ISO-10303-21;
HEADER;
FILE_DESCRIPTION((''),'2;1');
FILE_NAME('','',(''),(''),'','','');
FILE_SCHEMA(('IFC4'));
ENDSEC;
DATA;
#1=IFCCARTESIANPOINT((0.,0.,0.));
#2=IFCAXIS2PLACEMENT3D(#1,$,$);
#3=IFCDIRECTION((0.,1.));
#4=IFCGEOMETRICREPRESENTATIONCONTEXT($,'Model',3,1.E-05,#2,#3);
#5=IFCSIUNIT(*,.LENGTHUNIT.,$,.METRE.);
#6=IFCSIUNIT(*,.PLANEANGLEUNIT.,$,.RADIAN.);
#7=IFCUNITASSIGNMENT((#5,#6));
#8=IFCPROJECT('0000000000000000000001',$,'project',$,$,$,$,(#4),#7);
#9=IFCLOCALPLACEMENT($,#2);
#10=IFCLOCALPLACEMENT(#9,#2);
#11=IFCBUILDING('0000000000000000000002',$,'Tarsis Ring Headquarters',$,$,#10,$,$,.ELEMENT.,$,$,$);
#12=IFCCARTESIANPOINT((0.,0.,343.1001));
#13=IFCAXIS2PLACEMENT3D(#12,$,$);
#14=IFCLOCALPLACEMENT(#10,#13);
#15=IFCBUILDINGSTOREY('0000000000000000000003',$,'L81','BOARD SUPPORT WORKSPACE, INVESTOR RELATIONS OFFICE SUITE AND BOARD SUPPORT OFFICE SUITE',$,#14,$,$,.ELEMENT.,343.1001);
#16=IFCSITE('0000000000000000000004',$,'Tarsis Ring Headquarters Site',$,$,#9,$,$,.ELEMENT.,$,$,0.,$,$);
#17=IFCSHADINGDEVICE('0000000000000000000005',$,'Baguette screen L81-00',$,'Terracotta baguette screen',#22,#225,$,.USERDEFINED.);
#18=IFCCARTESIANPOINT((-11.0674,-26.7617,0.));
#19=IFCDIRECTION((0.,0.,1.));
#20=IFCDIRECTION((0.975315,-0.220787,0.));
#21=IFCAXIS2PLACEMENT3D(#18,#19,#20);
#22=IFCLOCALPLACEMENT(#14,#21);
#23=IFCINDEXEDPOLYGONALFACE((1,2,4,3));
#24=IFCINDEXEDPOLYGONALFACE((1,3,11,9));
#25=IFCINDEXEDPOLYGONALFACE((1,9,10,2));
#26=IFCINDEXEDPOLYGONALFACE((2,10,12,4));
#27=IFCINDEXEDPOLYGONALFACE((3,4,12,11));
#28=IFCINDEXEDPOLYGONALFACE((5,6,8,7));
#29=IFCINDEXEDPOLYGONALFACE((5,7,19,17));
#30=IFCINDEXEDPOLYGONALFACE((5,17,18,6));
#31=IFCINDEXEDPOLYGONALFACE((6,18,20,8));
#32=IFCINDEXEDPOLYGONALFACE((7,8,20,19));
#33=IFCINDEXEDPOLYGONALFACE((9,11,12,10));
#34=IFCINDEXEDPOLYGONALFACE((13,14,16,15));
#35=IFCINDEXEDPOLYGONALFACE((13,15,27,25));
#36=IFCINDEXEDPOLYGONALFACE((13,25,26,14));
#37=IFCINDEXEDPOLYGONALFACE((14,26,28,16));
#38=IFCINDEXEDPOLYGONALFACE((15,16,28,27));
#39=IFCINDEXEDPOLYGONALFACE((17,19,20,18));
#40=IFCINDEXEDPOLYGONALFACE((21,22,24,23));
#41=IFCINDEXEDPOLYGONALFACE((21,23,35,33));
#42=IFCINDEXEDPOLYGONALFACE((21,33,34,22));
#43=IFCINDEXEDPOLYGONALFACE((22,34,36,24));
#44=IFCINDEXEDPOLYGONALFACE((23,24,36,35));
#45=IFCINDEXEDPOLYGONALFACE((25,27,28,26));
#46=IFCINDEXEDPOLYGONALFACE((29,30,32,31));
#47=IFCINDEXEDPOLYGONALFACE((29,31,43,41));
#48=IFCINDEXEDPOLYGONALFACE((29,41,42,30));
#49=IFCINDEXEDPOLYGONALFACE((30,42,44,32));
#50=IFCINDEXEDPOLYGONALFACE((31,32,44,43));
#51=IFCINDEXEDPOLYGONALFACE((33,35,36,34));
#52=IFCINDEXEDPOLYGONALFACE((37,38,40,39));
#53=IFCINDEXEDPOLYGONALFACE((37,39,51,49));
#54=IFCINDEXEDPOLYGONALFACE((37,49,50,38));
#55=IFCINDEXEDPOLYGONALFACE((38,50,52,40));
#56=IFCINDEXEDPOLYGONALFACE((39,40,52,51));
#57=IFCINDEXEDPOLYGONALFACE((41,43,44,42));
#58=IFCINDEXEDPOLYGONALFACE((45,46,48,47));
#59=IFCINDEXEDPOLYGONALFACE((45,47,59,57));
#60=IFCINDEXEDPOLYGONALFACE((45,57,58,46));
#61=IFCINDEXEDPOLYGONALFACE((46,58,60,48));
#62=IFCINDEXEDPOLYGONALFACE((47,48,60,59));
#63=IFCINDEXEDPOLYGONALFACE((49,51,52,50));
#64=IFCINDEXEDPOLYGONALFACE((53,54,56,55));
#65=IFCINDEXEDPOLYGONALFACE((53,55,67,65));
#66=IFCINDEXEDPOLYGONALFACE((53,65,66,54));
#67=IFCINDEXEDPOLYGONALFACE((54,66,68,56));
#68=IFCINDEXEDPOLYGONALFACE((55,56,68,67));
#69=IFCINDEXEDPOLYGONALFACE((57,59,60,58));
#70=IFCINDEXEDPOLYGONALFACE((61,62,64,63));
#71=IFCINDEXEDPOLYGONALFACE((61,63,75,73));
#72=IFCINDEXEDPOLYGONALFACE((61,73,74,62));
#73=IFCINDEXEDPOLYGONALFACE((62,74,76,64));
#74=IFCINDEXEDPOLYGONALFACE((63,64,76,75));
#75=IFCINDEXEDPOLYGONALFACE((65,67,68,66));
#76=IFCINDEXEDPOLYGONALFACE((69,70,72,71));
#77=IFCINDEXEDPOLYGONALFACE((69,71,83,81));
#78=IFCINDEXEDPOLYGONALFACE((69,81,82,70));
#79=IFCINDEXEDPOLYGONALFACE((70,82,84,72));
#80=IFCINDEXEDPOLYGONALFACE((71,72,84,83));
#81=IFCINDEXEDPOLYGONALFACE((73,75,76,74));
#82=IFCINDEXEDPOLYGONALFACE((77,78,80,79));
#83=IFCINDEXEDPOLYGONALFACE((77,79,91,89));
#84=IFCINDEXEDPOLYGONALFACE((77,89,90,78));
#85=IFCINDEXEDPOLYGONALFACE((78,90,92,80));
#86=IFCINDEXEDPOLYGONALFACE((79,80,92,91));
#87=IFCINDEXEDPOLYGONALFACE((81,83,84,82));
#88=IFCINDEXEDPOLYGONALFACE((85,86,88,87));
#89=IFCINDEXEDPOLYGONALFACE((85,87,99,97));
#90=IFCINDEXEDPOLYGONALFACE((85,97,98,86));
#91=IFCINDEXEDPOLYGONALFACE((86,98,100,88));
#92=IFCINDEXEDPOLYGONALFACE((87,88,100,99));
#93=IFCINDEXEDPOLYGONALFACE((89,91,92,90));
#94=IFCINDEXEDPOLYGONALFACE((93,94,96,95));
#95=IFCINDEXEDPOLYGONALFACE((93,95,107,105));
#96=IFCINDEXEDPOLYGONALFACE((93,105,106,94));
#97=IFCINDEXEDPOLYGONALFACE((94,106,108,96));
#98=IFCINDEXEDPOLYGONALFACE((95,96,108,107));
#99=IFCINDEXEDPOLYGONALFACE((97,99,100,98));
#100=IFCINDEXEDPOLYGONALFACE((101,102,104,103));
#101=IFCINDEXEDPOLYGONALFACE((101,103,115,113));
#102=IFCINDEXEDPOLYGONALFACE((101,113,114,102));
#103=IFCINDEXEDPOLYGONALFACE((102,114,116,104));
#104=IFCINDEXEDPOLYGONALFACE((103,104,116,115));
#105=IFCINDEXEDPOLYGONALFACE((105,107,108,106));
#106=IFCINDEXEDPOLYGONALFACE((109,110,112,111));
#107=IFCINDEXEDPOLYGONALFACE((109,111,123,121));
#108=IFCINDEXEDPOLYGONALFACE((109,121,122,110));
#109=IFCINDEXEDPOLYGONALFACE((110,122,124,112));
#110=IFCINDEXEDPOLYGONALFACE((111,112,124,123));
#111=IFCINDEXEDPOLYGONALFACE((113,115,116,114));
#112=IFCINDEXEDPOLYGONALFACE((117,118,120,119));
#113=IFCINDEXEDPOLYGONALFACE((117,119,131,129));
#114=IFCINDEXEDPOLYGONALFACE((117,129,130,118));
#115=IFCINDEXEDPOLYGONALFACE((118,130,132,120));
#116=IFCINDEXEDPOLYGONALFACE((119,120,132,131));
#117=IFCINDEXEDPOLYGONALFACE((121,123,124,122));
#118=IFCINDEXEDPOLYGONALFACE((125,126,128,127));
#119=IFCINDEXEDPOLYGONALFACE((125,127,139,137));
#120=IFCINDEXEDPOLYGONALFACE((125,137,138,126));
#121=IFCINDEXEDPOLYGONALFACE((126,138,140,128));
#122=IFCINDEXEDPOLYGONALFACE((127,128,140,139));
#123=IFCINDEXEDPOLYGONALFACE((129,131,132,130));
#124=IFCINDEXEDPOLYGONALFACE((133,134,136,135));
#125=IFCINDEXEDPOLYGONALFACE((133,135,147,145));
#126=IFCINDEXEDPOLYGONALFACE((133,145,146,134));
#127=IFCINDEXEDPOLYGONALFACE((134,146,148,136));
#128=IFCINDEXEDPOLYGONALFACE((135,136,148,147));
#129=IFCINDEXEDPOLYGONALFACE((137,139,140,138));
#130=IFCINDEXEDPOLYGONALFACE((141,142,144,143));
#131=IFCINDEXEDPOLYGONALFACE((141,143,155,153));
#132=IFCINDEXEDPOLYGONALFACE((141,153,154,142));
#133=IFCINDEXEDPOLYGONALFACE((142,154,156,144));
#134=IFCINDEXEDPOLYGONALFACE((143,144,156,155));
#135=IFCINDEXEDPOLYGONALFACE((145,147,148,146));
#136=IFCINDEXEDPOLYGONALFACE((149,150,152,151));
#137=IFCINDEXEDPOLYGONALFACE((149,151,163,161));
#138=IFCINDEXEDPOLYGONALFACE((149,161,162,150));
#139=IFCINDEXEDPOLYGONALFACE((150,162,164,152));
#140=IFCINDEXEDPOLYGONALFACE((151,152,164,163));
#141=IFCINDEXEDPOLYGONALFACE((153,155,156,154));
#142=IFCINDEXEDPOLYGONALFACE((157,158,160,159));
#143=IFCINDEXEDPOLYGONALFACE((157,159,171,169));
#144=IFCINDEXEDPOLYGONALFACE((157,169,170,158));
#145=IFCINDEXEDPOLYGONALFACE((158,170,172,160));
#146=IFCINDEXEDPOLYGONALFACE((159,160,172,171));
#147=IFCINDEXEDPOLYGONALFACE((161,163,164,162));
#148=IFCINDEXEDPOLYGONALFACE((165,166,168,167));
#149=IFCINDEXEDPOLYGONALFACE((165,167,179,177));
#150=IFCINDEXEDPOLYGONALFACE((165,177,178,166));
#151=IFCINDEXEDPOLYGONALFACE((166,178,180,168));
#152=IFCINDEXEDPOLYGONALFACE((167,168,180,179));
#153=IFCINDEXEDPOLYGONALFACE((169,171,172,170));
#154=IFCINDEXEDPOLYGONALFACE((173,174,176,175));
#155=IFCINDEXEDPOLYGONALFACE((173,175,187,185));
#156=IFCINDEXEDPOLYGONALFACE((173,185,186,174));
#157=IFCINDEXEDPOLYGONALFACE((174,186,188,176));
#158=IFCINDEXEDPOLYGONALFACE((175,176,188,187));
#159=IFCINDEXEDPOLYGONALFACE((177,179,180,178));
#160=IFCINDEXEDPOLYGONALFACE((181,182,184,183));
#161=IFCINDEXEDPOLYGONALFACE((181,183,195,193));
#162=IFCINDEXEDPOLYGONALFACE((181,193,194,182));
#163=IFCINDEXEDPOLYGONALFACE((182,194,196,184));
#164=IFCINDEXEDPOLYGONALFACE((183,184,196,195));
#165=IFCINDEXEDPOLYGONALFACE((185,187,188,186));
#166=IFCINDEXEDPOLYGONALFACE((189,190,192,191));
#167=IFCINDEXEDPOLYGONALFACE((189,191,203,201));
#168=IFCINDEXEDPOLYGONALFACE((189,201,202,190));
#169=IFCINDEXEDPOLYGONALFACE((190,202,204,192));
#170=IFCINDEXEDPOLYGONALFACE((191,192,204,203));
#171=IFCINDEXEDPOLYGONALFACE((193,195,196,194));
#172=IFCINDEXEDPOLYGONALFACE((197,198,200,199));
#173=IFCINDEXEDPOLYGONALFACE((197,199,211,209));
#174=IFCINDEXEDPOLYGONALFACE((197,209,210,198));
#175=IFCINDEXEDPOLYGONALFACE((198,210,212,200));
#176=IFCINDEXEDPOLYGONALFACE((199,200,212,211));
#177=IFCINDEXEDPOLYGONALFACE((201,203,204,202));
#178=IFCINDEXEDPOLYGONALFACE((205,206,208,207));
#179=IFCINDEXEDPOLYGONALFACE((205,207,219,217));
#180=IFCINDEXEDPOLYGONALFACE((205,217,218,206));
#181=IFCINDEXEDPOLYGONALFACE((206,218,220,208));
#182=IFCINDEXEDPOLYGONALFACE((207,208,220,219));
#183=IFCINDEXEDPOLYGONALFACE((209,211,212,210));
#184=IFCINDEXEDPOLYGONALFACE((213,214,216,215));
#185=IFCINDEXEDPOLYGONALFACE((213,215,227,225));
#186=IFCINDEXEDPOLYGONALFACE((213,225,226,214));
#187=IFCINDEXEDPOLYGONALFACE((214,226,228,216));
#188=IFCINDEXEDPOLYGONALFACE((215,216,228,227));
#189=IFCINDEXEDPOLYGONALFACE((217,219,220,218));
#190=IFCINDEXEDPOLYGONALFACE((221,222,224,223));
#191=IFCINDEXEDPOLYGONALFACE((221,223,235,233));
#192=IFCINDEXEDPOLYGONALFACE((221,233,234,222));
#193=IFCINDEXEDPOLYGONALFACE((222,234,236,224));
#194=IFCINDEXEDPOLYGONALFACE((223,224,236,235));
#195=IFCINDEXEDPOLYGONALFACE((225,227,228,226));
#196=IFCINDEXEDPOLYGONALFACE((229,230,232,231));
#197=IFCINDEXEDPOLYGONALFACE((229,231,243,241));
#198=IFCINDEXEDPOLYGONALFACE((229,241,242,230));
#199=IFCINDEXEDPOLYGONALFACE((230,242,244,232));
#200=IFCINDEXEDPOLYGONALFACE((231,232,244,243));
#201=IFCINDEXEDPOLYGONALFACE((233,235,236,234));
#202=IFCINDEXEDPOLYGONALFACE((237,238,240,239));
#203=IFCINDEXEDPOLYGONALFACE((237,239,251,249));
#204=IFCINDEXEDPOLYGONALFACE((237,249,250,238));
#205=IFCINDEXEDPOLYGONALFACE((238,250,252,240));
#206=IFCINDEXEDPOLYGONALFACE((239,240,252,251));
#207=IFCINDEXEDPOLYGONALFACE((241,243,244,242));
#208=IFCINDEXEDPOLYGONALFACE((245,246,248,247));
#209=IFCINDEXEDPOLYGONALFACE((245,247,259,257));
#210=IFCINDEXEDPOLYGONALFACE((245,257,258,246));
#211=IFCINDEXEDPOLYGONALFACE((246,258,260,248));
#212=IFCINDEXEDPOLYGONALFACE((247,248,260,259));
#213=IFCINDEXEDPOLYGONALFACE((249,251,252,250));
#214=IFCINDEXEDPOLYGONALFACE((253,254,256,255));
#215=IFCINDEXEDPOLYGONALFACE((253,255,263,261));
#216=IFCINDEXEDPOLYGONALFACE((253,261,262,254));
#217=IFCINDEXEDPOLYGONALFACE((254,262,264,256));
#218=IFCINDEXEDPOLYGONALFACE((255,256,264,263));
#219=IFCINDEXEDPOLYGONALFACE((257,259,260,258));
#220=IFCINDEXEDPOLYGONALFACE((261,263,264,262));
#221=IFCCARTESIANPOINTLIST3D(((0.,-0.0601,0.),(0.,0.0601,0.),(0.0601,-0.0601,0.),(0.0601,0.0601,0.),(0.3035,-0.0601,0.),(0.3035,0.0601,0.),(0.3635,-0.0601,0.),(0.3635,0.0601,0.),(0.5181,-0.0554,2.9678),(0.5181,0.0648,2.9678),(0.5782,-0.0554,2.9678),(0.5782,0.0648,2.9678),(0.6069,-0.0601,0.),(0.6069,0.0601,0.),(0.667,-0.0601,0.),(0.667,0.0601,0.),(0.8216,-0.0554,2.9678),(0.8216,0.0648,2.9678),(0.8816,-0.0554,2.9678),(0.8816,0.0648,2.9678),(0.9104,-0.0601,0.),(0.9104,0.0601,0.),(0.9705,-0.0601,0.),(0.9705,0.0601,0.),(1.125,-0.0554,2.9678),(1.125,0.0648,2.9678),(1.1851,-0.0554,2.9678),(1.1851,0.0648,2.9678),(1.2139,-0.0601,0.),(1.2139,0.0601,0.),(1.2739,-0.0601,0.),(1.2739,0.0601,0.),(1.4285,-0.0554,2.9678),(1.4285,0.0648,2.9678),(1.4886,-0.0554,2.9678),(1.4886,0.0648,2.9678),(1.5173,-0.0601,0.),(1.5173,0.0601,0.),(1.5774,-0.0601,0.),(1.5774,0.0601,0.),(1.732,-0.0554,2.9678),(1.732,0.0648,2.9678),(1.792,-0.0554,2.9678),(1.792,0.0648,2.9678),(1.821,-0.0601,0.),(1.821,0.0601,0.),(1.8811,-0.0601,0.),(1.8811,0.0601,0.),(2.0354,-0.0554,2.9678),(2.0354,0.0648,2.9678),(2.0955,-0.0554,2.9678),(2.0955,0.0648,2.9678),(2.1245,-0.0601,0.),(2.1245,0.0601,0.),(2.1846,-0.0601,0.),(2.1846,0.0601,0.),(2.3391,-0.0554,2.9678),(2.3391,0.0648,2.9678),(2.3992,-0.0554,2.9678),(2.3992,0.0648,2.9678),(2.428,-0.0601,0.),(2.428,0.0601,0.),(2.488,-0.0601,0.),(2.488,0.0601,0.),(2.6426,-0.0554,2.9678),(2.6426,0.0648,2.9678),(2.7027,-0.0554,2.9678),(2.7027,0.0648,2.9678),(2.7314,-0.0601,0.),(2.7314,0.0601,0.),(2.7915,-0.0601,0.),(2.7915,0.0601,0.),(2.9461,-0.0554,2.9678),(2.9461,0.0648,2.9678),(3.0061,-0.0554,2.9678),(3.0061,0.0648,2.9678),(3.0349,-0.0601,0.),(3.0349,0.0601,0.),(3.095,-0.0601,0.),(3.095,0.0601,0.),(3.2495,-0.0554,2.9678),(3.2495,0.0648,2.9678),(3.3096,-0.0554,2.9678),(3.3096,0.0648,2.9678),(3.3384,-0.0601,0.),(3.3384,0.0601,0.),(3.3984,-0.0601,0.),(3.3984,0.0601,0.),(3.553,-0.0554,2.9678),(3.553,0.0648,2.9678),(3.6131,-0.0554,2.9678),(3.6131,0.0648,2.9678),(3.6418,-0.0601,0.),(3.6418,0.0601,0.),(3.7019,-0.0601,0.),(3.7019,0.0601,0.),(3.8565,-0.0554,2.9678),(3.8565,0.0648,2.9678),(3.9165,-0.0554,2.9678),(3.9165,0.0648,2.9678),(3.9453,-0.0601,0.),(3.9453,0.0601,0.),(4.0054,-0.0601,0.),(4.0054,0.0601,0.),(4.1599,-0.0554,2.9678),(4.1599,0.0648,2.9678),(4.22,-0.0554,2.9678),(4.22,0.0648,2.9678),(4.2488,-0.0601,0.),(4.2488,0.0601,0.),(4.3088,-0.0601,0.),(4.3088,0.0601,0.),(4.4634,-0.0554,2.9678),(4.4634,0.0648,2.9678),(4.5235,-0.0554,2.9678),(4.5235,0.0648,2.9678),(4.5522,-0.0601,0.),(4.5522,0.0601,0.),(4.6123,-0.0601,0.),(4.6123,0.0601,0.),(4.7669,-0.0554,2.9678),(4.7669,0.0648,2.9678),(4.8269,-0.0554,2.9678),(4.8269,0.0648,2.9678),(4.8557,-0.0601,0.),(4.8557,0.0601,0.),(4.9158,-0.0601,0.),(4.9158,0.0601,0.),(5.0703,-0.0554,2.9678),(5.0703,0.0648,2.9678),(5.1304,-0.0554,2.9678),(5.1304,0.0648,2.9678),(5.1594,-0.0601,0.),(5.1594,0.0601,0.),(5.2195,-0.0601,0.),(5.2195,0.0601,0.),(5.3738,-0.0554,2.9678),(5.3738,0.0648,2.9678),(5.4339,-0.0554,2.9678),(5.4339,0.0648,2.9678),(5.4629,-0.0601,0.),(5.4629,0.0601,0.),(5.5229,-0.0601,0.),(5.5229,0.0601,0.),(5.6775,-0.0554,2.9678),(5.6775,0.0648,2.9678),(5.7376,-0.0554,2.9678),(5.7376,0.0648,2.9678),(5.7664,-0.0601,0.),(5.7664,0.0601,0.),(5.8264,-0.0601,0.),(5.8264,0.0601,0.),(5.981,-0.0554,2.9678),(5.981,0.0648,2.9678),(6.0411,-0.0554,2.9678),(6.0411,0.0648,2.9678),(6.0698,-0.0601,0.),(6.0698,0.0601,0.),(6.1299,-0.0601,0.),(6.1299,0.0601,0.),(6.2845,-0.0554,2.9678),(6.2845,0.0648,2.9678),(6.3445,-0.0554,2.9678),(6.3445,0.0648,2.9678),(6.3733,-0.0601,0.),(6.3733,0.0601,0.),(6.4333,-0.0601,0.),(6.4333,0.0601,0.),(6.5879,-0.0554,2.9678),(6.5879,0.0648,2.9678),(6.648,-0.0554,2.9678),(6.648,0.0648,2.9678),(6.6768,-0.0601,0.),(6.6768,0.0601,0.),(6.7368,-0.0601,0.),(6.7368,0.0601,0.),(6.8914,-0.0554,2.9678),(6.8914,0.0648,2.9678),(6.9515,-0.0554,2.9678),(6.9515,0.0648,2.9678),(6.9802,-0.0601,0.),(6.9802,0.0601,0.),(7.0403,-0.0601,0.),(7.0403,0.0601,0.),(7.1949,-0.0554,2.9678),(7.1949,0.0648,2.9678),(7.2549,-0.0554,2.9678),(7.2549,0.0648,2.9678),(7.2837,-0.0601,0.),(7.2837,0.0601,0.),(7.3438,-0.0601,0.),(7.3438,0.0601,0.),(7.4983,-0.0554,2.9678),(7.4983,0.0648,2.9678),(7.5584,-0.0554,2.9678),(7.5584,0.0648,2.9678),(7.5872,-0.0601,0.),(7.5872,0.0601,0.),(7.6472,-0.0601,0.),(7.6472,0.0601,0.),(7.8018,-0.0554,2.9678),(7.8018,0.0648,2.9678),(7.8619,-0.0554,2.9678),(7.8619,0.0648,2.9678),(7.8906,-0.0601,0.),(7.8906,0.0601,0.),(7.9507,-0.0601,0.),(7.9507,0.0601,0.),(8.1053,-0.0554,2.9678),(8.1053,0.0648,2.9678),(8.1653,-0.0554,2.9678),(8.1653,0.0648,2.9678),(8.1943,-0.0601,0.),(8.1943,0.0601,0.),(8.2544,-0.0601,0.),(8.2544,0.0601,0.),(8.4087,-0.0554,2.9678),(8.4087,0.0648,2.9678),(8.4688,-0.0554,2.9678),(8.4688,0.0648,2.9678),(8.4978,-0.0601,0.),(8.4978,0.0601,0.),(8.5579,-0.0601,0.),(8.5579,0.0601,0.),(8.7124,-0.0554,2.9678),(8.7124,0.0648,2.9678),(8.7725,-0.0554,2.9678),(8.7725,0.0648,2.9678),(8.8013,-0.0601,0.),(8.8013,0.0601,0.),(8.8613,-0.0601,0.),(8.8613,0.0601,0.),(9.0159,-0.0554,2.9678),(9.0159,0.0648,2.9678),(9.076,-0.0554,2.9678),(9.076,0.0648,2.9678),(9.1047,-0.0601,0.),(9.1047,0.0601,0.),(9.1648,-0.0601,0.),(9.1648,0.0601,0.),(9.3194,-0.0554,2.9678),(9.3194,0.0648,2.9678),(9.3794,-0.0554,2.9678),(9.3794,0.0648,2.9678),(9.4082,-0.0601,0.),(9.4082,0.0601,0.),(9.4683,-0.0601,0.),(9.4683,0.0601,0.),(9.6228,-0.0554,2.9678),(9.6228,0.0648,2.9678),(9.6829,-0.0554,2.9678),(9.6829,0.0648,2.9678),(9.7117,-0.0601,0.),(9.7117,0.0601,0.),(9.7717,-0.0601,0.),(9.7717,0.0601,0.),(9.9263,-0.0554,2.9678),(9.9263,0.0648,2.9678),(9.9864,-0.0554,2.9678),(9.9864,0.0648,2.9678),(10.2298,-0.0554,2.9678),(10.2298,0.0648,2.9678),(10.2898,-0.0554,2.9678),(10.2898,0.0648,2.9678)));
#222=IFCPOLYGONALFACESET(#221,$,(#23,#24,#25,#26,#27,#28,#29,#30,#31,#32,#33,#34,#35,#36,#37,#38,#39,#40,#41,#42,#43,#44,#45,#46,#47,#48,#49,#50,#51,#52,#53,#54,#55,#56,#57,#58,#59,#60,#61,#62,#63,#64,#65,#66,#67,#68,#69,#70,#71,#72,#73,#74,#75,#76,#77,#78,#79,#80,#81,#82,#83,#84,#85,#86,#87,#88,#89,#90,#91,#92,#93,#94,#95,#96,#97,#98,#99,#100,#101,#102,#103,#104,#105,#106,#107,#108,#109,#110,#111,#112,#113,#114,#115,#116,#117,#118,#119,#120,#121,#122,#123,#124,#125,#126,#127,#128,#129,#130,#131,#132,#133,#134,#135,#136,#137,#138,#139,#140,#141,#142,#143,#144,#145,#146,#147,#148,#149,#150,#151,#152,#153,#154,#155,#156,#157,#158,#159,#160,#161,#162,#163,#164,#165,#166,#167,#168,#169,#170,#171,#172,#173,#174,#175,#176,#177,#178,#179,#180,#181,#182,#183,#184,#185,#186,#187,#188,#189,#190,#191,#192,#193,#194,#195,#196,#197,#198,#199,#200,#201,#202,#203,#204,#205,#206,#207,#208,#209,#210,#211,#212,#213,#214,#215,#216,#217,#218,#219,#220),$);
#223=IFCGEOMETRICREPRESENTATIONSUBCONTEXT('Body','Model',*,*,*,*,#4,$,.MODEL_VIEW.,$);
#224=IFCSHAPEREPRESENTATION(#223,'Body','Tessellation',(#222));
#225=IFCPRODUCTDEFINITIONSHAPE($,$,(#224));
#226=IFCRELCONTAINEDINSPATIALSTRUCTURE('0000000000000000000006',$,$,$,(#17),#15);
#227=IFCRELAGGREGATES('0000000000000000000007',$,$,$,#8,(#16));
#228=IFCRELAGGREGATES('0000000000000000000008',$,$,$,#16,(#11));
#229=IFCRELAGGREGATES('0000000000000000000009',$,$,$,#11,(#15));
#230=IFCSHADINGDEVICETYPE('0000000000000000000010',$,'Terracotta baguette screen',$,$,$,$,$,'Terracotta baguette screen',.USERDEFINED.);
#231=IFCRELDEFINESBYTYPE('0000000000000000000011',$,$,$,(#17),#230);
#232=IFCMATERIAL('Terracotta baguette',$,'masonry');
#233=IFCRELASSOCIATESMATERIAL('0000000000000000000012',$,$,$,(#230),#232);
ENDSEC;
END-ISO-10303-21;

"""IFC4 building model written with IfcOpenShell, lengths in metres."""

from ifc_helpers import new_model, si_unit, direction, frame, frame_2d, origin, place, context, subcontext, project, spatial, rectangle, composite_profile, extrude, material, type_object, element, save


model = new_model("IFC4")

# Units and contexts
model_context = context("Model", 3, precision=1e-05, world=origin(), true_north=direction((0.0, 1.0)))
body_context = subcontext(model_context, "Body", "Model", "MODEL_VIEW")
ifc_project = project(units=[si_unit("LENGTHUNIT", "METRE"), si_unit("PLANEANGLEUNIT", "RADIAN")], contexts=[model_context])

# Site, building, storey
site_placement = place(None, origin())
site = spatial("IfcSite", under=ifc_project, at=site_placement, Name="Tarsis Ring Headquarters Site", CompositionType="ELEMENT", RefElevation=0.0)
building_placement = place(site_placement, origin())
building = spatial("IfcBuilding", under=site, at=building_placement, Name="Tarsis Ring Headquarters", CompositionType="ELEMENT")
storey_placement = place(building_placement, frame((0.0, 0.0, 343.1001)))
storey = spatial("IfcBuildingStorey", under=building, at=storey_placement, Name="L81", Description="BOARD SUPPORT WORKSPACE, INVESTOR RELATIONS OFFICE SUITE AND BOARD SUPPORT OFFICE SUITE", CompositionType="ELEMENT", Elevation=343.1001)

# Shading device
ifc_material_1 = material(Name="Terracotta baguette", Category="masonry")
shading_device_type = type_object("IfcShadingDeviceType", Name="Terracotta baguette screen", ElementType="Terracotta baguette screen", PredefinedType="USERDEFINED", material=ifc_material_1)
shading_device_1_placement = place(storey_placement, frame((-11.0674, -26.7617, 0.0), z_axis=(0.0, 0.0, 1.0), x_axis=(0.975315, -0.220787, 0.0)))
element("IfcShadingDevice", 1, at=shading_device_1_placement, inside=storey, type_object=shading_device_type, Name="Baguette screen L81-00", ObjectType="Terracotta baguette screen", PredefinedType="USERDEFINED", context=body_context, shape_type="SweptSolid", body=[
    extrude(composite_profile([rectangle(XDim=0.0601, YDim=0.1201, at=frame_2d((0.03, 0.0))), rectangle(XDim=0.0601, YDim=0.1201, at=frame_2d((0.3335, 0.0))), rectangle(XDim=0.0601, YDim=0.1201, at=frame_2d((0.637, 0.0))), rectangle(XDim=0.0601, YDim=0.1201, at=frame_2d((0.9404, 0.0))), rectangle(XDim=0.0601, YDim=0.1201, at=frame_2d((1.2439, 0.0))), rectangle(XDim=0.0601, YDim=0.1201, at=frame_2d((1.5474, 0.0))), rectangle(XDim=0.0601, YDim=0.1201, at=frame_2d((1.8511, 0.0))), rectangle(XDim=0.0601, YDim=0.1201, at=frame_2d((2.1545, 0.0))), rectangle(XDim=0.0601, YDim=0.1201, at=frame_2d((2.458, 0.0))), rectangle(XDim=0.0601, YDim=0.1201, at=frame_2d((2.7615, 0.0))), rectangle(XDim=0.0601, YDim=0.1201, at=frame_2d((3.0649, 0.0))), rectangle(XDim=0.0601, YDim=0.1201, at=frame_2d((3.3684, 0.0))), rectangle(XDim=0.0601, YDim=0.1201, at=frame_2d((3.6719, 0.0))), rectangle(XDim=0.0601, YDim=0.1201, at=frame_2d((3.9753, 0.0))), rectangle(XDim=0.0601, YDim=0.1201, at=frame_2d((4.2788, 0.0))), rectangle(XDim=0.0601, YDim=0.1201, at=frame_2d((4.5823, 0.0))), rectangle(XDim=0.0601, YDim=0.1201, at=frame_2d((4.8857, 0.0))), rectangle(XDim=0.0601, YDim=0.1201, at=frame_2d((5.1895, 0.0))), rectangle(XDim=0.0601, YDim=0.1201, at=frame_2d((5.4929, 0.0))), rectangle(XDim=0.0601, YDim=0.1201, at=frame_2d((5.7964, 0.0))), rectangle(XDim=0.0601, YDim=0.1201, at=frame_2d((6.0999, 0.0))), rectangle(XDim=0.0601, YDim=0.1201, at=frame_2d((6.4033, 0.0))), rectangle(XDim=0.0601, YDim=0.1201, at=frame_2d((6.7068, 0.0))), rectangle(XDim=0.0601, YDim=0.1201, at=frame_2d((7.0103, 0.0))), rectangle(XDim=0.0601, YDim=0.1201, at=frame_2d((7.3137, 0.0))), rectangle(XDim=0.0601, YDim=0.1201, at=frame_2d((7.6172, 0.0))), rectangle(XDim=0.0601, YDim=0.1201, at=frame_2d((7.9207, 0.0))), rectangle(XDim=0.0601, YDim=0.1201, at=frame_2d((8.2244, 0.0))), rectangle(XDim=0.0601, YDim=0.1201, at=frame_2d((8.5278, 0.0))), rectangle(XDim=0.0601, YDim=0.1201, at=frame_2d((8.8313, 0.0))), rectangle(XDim=0.0601, YDim=0.1201, at=frame_2d((9.1348, 0.0))), rectangle(XDim=0.0601, YDim=0.1201, at=frame_2d((9.4382, 0.0))), rectangle(XDim=0.0601, YDim=0.1201, at=frame_2d((9.7417, 0.0)))]), origin(), (0.171973, 0.001562, 0.9851), 3.0127),
])

save(model, "model.ifc")
